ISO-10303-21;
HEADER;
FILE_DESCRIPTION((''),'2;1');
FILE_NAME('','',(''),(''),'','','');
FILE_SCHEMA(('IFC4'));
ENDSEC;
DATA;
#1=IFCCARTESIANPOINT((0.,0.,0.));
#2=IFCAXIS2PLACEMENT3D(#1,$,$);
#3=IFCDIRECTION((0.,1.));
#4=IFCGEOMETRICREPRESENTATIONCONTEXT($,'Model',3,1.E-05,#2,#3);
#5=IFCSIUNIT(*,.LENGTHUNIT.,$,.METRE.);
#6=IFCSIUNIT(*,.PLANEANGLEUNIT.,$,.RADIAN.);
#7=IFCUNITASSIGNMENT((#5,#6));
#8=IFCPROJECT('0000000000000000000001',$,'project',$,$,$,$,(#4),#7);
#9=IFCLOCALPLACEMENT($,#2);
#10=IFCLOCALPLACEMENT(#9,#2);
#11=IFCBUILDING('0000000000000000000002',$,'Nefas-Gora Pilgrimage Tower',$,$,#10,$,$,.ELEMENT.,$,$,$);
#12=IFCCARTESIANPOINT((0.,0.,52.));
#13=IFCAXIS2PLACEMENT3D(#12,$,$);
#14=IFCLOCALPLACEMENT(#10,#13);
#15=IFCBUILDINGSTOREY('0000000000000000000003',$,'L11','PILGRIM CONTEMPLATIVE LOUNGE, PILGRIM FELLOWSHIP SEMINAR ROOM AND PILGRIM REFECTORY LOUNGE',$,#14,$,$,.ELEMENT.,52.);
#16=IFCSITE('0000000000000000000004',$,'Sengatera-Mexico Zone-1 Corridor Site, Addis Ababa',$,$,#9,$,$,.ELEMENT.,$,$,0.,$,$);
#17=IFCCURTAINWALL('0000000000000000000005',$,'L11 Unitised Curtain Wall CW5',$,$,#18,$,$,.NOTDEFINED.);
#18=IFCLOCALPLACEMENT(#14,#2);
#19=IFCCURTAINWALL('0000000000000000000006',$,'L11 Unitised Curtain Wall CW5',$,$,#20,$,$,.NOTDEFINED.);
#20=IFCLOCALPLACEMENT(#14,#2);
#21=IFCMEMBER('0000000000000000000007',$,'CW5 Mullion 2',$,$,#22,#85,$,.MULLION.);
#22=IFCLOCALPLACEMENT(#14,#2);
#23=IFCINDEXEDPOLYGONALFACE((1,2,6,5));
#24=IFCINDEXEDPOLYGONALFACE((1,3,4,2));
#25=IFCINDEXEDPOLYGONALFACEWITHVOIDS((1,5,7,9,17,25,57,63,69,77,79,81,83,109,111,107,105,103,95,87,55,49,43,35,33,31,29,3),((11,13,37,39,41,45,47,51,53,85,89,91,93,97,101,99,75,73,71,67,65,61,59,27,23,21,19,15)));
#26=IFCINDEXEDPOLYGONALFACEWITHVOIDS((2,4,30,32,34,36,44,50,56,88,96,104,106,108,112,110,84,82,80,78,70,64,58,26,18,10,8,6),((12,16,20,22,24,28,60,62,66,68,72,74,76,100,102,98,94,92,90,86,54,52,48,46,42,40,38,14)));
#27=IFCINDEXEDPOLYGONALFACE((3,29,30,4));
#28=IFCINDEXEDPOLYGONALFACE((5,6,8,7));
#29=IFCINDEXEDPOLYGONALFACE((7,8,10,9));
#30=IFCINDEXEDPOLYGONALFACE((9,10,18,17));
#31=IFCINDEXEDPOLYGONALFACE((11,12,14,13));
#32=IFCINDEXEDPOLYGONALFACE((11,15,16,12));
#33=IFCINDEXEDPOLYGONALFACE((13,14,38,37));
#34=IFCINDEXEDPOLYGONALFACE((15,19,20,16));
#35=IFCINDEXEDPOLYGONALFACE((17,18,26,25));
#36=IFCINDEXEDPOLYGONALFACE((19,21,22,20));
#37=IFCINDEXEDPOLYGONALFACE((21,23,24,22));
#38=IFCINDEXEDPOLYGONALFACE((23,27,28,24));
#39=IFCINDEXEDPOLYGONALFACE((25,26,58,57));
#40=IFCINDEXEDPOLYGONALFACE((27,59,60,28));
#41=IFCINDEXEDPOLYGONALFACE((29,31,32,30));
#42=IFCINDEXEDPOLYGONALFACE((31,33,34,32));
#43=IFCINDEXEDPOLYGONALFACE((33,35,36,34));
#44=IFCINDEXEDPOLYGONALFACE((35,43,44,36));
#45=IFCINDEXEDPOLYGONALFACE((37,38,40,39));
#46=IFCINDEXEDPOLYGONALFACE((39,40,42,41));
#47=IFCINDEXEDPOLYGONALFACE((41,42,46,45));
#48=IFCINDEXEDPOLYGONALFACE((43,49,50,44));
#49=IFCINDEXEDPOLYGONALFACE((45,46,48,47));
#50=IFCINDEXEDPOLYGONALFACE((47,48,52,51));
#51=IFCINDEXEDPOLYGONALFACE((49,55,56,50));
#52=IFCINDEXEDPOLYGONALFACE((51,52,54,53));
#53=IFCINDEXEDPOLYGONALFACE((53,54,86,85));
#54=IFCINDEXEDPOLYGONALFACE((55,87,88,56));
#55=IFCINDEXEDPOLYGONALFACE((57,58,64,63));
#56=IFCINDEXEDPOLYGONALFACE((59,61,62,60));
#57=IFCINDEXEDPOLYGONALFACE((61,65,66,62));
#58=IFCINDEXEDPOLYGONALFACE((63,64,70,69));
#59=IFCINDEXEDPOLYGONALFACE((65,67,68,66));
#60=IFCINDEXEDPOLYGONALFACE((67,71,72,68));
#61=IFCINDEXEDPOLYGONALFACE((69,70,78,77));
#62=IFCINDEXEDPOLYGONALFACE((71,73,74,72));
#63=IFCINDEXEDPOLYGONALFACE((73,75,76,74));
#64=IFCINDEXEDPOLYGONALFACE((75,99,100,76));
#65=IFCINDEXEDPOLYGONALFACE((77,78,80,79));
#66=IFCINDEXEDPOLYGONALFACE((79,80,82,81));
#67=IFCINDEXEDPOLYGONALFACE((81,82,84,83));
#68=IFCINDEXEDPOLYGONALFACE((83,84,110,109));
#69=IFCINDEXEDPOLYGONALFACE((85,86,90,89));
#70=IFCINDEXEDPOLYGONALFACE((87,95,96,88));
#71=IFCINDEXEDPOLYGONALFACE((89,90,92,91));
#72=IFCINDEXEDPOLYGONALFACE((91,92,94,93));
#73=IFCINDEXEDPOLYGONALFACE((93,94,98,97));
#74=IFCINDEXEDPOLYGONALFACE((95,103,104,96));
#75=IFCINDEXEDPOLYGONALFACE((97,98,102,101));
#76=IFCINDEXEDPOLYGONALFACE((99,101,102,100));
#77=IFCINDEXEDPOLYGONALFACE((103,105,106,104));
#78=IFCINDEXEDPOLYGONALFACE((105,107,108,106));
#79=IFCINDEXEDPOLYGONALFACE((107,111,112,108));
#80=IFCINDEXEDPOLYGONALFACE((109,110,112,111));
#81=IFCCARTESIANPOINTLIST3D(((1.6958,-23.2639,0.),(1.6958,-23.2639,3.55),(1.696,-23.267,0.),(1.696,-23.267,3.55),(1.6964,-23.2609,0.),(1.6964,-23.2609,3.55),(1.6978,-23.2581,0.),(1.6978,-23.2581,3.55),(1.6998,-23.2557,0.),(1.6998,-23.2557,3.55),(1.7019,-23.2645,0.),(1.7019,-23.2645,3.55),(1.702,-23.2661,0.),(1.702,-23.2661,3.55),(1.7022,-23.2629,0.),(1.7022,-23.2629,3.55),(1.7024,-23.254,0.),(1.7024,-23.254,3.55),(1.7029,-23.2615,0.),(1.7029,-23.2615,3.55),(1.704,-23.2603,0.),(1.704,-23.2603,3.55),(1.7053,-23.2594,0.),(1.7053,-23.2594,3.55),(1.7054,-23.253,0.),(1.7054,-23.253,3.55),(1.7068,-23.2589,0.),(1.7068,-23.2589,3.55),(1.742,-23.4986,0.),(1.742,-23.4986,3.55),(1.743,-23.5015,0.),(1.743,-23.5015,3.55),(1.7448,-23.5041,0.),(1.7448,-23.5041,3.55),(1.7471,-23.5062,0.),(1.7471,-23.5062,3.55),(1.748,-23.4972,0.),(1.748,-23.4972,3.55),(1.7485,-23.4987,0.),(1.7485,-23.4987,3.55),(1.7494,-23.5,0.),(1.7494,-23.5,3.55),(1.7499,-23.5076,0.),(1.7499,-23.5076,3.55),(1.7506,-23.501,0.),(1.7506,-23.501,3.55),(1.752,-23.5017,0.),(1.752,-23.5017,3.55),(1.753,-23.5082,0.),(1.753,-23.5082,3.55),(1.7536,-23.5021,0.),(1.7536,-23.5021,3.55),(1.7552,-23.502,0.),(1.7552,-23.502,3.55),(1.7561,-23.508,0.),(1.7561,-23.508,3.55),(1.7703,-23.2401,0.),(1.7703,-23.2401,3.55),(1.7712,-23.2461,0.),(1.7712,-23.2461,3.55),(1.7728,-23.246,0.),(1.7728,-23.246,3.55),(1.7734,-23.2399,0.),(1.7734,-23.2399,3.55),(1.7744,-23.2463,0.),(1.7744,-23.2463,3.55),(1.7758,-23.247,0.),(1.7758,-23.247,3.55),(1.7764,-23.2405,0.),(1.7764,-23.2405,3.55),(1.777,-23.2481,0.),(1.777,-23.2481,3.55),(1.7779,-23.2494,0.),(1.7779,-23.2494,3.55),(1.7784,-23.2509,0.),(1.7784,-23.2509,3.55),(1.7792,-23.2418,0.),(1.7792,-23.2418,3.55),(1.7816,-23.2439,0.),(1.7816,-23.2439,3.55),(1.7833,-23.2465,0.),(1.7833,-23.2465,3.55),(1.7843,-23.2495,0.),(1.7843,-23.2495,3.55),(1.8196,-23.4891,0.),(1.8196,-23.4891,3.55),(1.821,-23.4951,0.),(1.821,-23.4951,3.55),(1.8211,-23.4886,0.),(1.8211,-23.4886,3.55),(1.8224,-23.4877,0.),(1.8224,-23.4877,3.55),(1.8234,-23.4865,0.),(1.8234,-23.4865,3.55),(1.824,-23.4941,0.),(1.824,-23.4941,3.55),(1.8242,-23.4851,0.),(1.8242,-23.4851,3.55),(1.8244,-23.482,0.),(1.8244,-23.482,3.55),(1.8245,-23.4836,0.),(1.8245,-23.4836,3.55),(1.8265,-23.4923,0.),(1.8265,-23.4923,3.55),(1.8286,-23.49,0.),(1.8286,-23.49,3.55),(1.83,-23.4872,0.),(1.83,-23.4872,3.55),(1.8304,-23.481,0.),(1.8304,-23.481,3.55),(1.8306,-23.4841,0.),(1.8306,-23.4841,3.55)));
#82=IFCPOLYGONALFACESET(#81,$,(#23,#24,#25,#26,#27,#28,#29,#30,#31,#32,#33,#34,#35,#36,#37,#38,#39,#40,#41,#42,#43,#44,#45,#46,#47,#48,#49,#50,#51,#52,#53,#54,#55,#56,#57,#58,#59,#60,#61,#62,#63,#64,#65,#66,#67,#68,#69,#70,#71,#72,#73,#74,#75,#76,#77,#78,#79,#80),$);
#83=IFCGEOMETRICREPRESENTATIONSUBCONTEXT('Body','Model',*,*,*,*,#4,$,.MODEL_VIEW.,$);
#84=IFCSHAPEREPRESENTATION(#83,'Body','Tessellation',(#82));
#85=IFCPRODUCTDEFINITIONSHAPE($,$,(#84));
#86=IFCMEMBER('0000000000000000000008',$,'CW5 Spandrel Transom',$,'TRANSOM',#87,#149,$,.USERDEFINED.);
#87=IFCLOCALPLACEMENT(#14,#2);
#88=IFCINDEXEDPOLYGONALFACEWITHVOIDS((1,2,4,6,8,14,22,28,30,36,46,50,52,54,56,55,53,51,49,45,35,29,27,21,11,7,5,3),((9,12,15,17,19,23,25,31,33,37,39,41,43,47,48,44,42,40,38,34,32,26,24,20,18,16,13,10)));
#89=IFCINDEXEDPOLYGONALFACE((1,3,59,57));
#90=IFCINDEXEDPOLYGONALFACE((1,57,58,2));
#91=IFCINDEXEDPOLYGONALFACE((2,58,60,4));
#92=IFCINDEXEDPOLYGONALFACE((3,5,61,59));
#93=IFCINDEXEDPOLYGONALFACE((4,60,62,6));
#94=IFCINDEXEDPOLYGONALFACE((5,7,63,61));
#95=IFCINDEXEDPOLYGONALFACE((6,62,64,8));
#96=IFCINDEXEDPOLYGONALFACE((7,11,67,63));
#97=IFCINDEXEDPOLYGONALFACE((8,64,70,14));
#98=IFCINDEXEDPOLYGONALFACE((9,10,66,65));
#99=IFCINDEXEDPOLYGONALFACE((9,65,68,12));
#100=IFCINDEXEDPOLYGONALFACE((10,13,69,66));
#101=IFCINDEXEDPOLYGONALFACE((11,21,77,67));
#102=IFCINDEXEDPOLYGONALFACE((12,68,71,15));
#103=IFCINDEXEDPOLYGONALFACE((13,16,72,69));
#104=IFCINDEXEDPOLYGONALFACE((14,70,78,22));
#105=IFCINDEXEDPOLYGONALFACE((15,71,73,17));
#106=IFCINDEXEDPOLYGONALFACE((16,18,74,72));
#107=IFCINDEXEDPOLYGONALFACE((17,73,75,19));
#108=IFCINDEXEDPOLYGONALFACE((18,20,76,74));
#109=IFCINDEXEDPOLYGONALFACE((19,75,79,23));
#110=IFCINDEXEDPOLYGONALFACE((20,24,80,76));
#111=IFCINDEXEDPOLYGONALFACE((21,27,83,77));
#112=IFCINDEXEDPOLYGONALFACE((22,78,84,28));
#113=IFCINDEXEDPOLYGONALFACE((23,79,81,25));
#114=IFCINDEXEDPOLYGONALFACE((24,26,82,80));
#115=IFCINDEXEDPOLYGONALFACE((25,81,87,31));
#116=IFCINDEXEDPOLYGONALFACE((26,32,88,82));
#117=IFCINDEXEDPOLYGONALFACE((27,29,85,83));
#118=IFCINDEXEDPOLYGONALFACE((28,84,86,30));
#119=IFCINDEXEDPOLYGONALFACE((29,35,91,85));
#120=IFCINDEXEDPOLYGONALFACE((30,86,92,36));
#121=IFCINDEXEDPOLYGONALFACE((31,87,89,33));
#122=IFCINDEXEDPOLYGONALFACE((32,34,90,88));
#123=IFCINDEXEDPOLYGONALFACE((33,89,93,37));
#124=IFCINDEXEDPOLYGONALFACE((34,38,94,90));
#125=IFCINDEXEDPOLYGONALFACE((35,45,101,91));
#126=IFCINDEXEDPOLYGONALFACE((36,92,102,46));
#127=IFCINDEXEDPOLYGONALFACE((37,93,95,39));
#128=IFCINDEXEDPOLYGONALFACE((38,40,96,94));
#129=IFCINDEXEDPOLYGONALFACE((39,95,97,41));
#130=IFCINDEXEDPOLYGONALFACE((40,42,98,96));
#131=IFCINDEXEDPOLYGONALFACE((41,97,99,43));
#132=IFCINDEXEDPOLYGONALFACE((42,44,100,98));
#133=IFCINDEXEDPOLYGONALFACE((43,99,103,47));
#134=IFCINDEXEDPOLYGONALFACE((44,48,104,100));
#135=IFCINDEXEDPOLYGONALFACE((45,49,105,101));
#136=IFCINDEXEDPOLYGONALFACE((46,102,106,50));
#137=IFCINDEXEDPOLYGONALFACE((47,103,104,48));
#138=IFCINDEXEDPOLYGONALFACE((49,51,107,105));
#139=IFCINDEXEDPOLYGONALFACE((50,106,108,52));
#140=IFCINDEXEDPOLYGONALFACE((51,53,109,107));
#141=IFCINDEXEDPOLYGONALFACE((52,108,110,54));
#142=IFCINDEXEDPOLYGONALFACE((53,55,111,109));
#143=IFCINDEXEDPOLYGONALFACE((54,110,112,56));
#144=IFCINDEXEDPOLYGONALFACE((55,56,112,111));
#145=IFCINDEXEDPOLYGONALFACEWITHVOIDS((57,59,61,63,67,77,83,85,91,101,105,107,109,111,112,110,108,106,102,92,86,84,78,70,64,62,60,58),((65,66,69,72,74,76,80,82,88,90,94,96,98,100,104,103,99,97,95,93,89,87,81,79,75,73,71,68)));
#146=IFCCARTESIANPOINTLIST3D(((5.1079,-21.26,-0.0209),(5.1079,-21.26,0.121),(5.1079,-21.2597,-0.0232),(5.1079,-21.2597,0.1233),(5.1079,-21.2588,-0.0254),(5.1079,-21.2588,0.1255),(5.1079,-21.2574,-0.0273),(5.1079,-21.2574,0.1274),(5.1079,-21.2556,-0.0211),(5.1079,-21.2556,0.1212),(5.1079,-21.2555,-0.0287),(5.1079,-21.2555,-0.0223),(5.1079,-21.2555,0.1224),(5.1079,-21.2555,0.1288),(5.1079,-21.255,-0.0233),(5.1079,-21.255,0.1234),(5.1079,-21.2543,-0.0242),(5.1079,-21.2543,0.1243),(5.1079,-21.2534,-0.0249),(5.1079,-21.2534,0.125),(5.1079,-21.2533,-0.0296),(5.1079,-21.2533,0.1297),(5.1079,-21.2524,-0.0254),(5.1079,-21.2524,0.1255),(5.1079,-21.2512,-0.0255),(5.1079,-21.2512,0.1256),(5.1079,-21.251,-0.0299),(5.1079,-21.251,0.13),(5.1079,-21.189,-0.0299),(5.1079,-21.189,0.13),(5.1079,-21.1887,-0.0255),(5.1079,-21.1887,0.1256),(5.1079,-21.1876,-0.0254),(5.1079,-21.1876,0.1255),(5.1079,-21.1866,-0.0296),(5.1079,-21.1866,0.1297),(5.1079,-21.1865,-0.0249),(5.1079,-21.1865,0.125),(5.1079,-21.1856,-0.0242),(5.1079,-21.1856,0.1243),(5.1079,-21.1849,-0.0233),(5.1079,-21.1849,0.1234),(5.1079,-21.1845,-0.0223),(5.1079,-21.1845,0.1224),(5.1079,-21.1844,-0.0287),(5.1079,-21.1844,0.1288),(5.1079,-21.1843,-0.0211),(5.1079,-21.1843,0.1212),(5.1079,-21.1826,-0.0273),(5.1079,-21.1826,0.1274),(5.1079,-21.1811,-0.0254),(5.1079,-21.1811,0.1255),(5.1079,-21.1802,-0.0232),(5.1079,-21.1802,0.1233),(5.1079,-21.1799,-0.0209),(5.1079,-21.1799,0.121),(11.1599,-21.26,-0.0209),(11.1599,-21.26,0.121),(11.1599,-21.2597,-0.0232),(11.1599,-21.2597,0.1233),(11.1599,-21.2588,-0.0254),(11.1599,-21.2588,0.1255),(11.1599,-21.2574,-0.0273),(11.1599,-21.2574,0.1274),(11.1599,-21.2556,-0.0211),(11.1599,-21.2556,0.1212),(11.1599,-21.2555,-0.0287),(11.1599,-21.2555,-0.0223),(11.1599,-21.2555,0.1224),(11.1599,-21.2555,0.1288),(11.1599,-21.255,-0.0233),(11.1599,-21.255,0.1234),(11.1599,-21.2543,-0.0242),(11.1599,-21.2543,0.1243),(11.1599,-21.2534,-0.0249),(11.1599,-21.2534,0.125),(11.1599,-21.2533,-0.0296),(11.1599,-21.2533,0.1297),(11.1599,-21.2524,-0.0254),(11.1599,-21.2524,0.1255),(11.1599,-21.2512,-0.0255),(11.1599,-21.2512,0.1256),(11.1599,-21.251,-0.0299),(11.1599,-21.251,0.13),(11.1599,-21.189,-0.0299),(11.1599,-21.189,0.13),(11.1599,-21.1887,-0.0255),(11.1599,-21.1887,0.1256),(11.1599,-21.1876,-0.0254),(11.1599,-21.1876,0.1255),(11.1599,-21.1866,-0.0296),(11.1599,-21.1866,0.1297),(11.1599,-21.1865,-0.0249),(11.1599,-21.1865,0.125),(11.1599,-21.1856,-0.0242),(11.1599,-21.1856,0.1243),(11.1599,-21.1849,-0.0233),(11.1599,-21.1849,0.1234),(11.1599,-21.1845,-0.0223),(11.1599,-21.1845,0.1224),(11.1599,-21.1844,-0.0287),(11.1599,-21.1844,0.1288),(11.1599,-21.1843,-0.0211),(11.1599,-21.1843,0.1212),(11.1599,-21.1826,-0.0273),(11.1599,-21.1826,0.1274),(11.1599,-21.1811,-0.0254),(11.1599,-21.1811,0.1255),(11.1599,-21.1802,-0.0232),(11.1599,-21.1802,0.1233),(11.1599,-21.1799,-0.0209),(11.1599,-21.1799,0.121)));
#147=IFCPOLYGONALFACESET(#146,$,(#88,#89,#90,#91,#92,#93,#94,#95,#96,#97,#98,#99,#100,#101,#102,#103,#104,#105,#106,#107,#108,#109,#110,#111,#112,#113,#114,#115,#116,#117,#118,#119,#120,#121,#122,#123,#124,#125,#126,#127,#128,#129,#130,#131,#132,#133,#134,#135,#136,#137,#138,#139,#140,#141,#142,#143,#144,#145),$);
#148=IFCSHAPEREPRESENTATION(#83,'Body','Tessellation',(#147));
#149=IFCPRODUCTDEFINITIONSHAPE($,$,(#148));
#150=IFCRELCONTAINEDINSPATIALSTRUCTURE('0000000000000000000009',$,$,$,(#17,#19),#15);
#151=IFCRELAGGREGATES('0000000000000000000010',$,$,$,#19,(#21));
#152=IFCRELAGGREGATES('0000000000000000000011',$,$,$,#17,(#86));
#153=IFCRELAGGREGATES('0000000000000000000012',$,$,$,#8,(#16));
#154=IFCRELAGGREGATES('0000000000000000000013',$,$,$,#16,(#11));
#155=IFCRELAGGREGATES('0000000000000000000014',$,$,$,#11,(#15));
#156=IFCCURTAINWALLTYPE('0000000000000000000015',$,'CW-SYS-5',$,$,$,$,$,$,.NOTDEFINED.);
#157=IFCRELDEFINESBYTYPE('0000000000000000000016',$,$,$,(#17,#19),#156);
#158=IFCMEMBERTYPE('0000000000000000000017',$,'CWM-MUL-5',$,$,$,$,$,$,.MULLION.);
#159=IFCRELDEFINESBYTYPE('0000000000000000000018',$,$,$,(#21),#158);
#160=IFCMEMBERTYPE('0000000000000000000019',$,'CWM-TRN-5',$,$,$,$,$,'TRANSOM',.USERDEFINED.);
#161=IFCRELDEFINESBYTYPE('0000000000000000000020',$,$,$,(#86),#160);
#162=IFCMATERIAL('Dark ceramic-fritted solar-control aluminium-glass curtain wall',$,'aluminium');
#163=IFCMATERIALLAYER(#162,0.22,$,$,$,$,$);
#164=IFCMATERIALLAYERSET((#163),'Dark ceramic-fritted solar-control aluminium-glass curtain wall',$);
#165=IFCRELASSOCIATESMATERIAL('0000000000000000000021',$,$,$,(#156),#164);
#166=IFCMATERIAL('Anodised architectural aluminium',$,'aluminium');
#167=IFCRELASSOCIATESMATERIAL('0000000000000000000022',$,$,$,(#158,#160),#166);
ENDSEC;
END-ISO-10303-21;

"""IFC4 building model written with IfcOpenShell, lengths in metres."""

from ifc_helpers import new_model, si_unit, direction, frame, origin, origin_2d, place, context, subcontext, project, spatial, hollow_rectangle, extrude, source, transform, mapped, material, layer, layer_set, material_profile, profile_set, type_object, element, aggregate, save


model = new_model("IFC4")

# Units and contexts
model_context = context("Model", 3, precision=1e-05, world=origin(), true_north=direction((0.0, 1.0)))
body_context = subcontext(model_context, "Body", "Model", "MODEL_VIEW")
ifc_project = project(units=[si_unit("LENGTHUNIT", "METRE"), si_unit("PLANEANGLEUNIT", "RADIAN")], contexts=[model_context])

# Site, building, storey
site_placement = place(None, origin())
site = spatial("IfcSite", under=ifc_project, at=site_placement, Name="Sengatera-Mexico Zone-1 Corridor Site, Addis Ababa", CompositionType="ELEMENT", RefElevation=0.0)
building_placement = place(site_placement, origin())
building = spatial("IfcBuilding", under=site, at=building_placement, Name="Nefas-Gora Pilgrimage Tower", CompositionType="ELEMENT")
storey_placement = place(building_placement, frame((0.0, 0.0, 52.0)))
storey = spatial("IfcBuildingStorey", under=building, at=storey_placement, Name="L11", Description="PILGRIM CONTEMPLATIVE LOUNGE, PILGRIM FELLOWSHIP SEMINAR ROOM AND PILGRIM REFECTORY LOUNGE", CompositionType="ELEMENT", Elevation=52.0)

# Curtain wall
ifc_material_1 = material(Name="Dark ceramic-fritted solar-control aluminium-glass curtain wall", Category="aluminium")
ifc_layer_1 = layer(ifc_material_1, 0.22)
ifc_layer_set_1 = layer_set([ifc_layer_1], Name="Dark ceramic-fritted solar-control aluminium-glass curtain wall")
curtain_wall_type_1 = type_object("IfcCurtainWallType", Name="CW-SYS-5", PredefinedType="NOTDEFINED", material=ifc_layer_set_1)
curtain_wall_1_placement = place(storey_placement, origin())
curtain_wall_1 = element("IfcCurtainWall", 1, at=curtain_wall_1_placement, inside=storey, type_object=curtain_wall_type_1, Name="L11 Unitised Curtain Wall CW5", PredefinedType="NOTDEFINED")
ifc_material_2 = material(Name="Anodised architectural aluminium", Category="aluminium")
ifc_material_profile_1 = material_profile(ifc_material_2, hollow_rectangle(XDim=0.0901, YDim=0.26, WallThickness=0.0061, InnerFilletRadius=0.0061, OuterFilletRadius=0.012, at=origin_2d()), Name="ALU MULLION 90x260")
ifc_profile_set_1 = profile_set([ifc_material_profile_1], Name="Anodised architectural aluminium")
member_type_1 = type_object("IfcMemberType", Name="CWM-MUL-5", PredefinedType="MULLION", material=ifc_profile_set_1)
shared_shape_1 = source(origin(), body_context, "Body", "SweptSolid", [
    extrude(hollow_rectangle(XDim=0.0901, YDim=0.26, WallThickness=0.0061, InnerFilletRadius=0.0061, OuterFilletRadius=0.012, at=origin_2d()), origin(), (0.0, 0.0, 1.0), 3.55),
])

# Curtain wall, member
curtain_wall_2_placement = place(storey_placement, origin())
curtain_wall_2 = element("IfcCurtainWall", 2, at=curtain_wall_2_placement, inside=storey, type_object=curtain_wall_type_1, Name="L11 Unitised Curtain Wall CW5", PredefinedType="NOTDEFINED")
member_1_placement = place(storey_placement, frame((1.7632, -23.374, 0.0), z_axis=(0.0, 0.0, 1.0), x_axis=(0.980783, 0.195102, 0.0)))
member_1 = element("IfcMember", 3, at=member_1_placement, type_object=member_type_1, Name="CW5 Mullion 2", PredefinedType="MULLION", context=body_context, shape_type="MappedRepresentation", body=[
    mapped(shared_shape_1, transform((0.0, 0.0, 0.0), x_axis=(1.0, 0.0, 0.0), y_axis=(0.0, 1.0, 0.0), z_axis=(0.0, 0.0, 1.0), scale=1.0)),
])
aggregate(curtain_wall_2, [member_1])

# Member
ifc_material_profile_2 = material_profile(ifc_material_2, hollow_rectangle(XDim=0.0801, YDim=0.1599, WallThickness=0.0044, InnerFilletRadius=0.0044, OuterFilletRadius=0.009, at=origin_2d()), Name="ALU TRANSOM 80x160")
ifc_profile_set_2 = profile_set([ifc_material_profile_2], Name="Anodised architectural aluminium")
member_type_2 = type_object("IfcMemberType", Name="CWM-TRN-5", ElementType="TRANSOM", PredefinedType="USERDEFINED", material=ifc_profile_set_2)
shared_shape_2 = source(origin(), body_context, "Body", "SweptSolid", [
    extrude(hollow_rectangle(XDim=0.0801, YDim=0.1599, WallThickness=0.0044, InnerFilletRadius=0.0044, OuterFilletRadius=0.009, at=origin_2d()), origin(), (0.0, 0.0, 1.0), 6.052),
])
member_2_placement = place(storey_placement, frame((5.1079, -21.22, 0.05), z_axis=(1.0, 0.0, 0.0), x_axis=(0.0, 1.0, 0.0)))
member_2 = element("IfcMember", 4, at=member_2_placement, type_object=member_type_2, Name="CW5 Spandrel Transom", ObjectType="TRANSOM", PredefinedType="USERDEFINED", context=body_context, shape_type="MappedRepresentation", body=[
    mapped(shared_shape_2, transform((0.0, 0.0, 0.0), x_axis=(1.0, 0.0, 0.0), y_axis=(0.0, 1.0, 0.0), z_axis=(0.0, 0.0, 1.0), scale=1.0)),
])

aggregate(curtain_wall_1, [member_2])

save(model, "model.ifc")
